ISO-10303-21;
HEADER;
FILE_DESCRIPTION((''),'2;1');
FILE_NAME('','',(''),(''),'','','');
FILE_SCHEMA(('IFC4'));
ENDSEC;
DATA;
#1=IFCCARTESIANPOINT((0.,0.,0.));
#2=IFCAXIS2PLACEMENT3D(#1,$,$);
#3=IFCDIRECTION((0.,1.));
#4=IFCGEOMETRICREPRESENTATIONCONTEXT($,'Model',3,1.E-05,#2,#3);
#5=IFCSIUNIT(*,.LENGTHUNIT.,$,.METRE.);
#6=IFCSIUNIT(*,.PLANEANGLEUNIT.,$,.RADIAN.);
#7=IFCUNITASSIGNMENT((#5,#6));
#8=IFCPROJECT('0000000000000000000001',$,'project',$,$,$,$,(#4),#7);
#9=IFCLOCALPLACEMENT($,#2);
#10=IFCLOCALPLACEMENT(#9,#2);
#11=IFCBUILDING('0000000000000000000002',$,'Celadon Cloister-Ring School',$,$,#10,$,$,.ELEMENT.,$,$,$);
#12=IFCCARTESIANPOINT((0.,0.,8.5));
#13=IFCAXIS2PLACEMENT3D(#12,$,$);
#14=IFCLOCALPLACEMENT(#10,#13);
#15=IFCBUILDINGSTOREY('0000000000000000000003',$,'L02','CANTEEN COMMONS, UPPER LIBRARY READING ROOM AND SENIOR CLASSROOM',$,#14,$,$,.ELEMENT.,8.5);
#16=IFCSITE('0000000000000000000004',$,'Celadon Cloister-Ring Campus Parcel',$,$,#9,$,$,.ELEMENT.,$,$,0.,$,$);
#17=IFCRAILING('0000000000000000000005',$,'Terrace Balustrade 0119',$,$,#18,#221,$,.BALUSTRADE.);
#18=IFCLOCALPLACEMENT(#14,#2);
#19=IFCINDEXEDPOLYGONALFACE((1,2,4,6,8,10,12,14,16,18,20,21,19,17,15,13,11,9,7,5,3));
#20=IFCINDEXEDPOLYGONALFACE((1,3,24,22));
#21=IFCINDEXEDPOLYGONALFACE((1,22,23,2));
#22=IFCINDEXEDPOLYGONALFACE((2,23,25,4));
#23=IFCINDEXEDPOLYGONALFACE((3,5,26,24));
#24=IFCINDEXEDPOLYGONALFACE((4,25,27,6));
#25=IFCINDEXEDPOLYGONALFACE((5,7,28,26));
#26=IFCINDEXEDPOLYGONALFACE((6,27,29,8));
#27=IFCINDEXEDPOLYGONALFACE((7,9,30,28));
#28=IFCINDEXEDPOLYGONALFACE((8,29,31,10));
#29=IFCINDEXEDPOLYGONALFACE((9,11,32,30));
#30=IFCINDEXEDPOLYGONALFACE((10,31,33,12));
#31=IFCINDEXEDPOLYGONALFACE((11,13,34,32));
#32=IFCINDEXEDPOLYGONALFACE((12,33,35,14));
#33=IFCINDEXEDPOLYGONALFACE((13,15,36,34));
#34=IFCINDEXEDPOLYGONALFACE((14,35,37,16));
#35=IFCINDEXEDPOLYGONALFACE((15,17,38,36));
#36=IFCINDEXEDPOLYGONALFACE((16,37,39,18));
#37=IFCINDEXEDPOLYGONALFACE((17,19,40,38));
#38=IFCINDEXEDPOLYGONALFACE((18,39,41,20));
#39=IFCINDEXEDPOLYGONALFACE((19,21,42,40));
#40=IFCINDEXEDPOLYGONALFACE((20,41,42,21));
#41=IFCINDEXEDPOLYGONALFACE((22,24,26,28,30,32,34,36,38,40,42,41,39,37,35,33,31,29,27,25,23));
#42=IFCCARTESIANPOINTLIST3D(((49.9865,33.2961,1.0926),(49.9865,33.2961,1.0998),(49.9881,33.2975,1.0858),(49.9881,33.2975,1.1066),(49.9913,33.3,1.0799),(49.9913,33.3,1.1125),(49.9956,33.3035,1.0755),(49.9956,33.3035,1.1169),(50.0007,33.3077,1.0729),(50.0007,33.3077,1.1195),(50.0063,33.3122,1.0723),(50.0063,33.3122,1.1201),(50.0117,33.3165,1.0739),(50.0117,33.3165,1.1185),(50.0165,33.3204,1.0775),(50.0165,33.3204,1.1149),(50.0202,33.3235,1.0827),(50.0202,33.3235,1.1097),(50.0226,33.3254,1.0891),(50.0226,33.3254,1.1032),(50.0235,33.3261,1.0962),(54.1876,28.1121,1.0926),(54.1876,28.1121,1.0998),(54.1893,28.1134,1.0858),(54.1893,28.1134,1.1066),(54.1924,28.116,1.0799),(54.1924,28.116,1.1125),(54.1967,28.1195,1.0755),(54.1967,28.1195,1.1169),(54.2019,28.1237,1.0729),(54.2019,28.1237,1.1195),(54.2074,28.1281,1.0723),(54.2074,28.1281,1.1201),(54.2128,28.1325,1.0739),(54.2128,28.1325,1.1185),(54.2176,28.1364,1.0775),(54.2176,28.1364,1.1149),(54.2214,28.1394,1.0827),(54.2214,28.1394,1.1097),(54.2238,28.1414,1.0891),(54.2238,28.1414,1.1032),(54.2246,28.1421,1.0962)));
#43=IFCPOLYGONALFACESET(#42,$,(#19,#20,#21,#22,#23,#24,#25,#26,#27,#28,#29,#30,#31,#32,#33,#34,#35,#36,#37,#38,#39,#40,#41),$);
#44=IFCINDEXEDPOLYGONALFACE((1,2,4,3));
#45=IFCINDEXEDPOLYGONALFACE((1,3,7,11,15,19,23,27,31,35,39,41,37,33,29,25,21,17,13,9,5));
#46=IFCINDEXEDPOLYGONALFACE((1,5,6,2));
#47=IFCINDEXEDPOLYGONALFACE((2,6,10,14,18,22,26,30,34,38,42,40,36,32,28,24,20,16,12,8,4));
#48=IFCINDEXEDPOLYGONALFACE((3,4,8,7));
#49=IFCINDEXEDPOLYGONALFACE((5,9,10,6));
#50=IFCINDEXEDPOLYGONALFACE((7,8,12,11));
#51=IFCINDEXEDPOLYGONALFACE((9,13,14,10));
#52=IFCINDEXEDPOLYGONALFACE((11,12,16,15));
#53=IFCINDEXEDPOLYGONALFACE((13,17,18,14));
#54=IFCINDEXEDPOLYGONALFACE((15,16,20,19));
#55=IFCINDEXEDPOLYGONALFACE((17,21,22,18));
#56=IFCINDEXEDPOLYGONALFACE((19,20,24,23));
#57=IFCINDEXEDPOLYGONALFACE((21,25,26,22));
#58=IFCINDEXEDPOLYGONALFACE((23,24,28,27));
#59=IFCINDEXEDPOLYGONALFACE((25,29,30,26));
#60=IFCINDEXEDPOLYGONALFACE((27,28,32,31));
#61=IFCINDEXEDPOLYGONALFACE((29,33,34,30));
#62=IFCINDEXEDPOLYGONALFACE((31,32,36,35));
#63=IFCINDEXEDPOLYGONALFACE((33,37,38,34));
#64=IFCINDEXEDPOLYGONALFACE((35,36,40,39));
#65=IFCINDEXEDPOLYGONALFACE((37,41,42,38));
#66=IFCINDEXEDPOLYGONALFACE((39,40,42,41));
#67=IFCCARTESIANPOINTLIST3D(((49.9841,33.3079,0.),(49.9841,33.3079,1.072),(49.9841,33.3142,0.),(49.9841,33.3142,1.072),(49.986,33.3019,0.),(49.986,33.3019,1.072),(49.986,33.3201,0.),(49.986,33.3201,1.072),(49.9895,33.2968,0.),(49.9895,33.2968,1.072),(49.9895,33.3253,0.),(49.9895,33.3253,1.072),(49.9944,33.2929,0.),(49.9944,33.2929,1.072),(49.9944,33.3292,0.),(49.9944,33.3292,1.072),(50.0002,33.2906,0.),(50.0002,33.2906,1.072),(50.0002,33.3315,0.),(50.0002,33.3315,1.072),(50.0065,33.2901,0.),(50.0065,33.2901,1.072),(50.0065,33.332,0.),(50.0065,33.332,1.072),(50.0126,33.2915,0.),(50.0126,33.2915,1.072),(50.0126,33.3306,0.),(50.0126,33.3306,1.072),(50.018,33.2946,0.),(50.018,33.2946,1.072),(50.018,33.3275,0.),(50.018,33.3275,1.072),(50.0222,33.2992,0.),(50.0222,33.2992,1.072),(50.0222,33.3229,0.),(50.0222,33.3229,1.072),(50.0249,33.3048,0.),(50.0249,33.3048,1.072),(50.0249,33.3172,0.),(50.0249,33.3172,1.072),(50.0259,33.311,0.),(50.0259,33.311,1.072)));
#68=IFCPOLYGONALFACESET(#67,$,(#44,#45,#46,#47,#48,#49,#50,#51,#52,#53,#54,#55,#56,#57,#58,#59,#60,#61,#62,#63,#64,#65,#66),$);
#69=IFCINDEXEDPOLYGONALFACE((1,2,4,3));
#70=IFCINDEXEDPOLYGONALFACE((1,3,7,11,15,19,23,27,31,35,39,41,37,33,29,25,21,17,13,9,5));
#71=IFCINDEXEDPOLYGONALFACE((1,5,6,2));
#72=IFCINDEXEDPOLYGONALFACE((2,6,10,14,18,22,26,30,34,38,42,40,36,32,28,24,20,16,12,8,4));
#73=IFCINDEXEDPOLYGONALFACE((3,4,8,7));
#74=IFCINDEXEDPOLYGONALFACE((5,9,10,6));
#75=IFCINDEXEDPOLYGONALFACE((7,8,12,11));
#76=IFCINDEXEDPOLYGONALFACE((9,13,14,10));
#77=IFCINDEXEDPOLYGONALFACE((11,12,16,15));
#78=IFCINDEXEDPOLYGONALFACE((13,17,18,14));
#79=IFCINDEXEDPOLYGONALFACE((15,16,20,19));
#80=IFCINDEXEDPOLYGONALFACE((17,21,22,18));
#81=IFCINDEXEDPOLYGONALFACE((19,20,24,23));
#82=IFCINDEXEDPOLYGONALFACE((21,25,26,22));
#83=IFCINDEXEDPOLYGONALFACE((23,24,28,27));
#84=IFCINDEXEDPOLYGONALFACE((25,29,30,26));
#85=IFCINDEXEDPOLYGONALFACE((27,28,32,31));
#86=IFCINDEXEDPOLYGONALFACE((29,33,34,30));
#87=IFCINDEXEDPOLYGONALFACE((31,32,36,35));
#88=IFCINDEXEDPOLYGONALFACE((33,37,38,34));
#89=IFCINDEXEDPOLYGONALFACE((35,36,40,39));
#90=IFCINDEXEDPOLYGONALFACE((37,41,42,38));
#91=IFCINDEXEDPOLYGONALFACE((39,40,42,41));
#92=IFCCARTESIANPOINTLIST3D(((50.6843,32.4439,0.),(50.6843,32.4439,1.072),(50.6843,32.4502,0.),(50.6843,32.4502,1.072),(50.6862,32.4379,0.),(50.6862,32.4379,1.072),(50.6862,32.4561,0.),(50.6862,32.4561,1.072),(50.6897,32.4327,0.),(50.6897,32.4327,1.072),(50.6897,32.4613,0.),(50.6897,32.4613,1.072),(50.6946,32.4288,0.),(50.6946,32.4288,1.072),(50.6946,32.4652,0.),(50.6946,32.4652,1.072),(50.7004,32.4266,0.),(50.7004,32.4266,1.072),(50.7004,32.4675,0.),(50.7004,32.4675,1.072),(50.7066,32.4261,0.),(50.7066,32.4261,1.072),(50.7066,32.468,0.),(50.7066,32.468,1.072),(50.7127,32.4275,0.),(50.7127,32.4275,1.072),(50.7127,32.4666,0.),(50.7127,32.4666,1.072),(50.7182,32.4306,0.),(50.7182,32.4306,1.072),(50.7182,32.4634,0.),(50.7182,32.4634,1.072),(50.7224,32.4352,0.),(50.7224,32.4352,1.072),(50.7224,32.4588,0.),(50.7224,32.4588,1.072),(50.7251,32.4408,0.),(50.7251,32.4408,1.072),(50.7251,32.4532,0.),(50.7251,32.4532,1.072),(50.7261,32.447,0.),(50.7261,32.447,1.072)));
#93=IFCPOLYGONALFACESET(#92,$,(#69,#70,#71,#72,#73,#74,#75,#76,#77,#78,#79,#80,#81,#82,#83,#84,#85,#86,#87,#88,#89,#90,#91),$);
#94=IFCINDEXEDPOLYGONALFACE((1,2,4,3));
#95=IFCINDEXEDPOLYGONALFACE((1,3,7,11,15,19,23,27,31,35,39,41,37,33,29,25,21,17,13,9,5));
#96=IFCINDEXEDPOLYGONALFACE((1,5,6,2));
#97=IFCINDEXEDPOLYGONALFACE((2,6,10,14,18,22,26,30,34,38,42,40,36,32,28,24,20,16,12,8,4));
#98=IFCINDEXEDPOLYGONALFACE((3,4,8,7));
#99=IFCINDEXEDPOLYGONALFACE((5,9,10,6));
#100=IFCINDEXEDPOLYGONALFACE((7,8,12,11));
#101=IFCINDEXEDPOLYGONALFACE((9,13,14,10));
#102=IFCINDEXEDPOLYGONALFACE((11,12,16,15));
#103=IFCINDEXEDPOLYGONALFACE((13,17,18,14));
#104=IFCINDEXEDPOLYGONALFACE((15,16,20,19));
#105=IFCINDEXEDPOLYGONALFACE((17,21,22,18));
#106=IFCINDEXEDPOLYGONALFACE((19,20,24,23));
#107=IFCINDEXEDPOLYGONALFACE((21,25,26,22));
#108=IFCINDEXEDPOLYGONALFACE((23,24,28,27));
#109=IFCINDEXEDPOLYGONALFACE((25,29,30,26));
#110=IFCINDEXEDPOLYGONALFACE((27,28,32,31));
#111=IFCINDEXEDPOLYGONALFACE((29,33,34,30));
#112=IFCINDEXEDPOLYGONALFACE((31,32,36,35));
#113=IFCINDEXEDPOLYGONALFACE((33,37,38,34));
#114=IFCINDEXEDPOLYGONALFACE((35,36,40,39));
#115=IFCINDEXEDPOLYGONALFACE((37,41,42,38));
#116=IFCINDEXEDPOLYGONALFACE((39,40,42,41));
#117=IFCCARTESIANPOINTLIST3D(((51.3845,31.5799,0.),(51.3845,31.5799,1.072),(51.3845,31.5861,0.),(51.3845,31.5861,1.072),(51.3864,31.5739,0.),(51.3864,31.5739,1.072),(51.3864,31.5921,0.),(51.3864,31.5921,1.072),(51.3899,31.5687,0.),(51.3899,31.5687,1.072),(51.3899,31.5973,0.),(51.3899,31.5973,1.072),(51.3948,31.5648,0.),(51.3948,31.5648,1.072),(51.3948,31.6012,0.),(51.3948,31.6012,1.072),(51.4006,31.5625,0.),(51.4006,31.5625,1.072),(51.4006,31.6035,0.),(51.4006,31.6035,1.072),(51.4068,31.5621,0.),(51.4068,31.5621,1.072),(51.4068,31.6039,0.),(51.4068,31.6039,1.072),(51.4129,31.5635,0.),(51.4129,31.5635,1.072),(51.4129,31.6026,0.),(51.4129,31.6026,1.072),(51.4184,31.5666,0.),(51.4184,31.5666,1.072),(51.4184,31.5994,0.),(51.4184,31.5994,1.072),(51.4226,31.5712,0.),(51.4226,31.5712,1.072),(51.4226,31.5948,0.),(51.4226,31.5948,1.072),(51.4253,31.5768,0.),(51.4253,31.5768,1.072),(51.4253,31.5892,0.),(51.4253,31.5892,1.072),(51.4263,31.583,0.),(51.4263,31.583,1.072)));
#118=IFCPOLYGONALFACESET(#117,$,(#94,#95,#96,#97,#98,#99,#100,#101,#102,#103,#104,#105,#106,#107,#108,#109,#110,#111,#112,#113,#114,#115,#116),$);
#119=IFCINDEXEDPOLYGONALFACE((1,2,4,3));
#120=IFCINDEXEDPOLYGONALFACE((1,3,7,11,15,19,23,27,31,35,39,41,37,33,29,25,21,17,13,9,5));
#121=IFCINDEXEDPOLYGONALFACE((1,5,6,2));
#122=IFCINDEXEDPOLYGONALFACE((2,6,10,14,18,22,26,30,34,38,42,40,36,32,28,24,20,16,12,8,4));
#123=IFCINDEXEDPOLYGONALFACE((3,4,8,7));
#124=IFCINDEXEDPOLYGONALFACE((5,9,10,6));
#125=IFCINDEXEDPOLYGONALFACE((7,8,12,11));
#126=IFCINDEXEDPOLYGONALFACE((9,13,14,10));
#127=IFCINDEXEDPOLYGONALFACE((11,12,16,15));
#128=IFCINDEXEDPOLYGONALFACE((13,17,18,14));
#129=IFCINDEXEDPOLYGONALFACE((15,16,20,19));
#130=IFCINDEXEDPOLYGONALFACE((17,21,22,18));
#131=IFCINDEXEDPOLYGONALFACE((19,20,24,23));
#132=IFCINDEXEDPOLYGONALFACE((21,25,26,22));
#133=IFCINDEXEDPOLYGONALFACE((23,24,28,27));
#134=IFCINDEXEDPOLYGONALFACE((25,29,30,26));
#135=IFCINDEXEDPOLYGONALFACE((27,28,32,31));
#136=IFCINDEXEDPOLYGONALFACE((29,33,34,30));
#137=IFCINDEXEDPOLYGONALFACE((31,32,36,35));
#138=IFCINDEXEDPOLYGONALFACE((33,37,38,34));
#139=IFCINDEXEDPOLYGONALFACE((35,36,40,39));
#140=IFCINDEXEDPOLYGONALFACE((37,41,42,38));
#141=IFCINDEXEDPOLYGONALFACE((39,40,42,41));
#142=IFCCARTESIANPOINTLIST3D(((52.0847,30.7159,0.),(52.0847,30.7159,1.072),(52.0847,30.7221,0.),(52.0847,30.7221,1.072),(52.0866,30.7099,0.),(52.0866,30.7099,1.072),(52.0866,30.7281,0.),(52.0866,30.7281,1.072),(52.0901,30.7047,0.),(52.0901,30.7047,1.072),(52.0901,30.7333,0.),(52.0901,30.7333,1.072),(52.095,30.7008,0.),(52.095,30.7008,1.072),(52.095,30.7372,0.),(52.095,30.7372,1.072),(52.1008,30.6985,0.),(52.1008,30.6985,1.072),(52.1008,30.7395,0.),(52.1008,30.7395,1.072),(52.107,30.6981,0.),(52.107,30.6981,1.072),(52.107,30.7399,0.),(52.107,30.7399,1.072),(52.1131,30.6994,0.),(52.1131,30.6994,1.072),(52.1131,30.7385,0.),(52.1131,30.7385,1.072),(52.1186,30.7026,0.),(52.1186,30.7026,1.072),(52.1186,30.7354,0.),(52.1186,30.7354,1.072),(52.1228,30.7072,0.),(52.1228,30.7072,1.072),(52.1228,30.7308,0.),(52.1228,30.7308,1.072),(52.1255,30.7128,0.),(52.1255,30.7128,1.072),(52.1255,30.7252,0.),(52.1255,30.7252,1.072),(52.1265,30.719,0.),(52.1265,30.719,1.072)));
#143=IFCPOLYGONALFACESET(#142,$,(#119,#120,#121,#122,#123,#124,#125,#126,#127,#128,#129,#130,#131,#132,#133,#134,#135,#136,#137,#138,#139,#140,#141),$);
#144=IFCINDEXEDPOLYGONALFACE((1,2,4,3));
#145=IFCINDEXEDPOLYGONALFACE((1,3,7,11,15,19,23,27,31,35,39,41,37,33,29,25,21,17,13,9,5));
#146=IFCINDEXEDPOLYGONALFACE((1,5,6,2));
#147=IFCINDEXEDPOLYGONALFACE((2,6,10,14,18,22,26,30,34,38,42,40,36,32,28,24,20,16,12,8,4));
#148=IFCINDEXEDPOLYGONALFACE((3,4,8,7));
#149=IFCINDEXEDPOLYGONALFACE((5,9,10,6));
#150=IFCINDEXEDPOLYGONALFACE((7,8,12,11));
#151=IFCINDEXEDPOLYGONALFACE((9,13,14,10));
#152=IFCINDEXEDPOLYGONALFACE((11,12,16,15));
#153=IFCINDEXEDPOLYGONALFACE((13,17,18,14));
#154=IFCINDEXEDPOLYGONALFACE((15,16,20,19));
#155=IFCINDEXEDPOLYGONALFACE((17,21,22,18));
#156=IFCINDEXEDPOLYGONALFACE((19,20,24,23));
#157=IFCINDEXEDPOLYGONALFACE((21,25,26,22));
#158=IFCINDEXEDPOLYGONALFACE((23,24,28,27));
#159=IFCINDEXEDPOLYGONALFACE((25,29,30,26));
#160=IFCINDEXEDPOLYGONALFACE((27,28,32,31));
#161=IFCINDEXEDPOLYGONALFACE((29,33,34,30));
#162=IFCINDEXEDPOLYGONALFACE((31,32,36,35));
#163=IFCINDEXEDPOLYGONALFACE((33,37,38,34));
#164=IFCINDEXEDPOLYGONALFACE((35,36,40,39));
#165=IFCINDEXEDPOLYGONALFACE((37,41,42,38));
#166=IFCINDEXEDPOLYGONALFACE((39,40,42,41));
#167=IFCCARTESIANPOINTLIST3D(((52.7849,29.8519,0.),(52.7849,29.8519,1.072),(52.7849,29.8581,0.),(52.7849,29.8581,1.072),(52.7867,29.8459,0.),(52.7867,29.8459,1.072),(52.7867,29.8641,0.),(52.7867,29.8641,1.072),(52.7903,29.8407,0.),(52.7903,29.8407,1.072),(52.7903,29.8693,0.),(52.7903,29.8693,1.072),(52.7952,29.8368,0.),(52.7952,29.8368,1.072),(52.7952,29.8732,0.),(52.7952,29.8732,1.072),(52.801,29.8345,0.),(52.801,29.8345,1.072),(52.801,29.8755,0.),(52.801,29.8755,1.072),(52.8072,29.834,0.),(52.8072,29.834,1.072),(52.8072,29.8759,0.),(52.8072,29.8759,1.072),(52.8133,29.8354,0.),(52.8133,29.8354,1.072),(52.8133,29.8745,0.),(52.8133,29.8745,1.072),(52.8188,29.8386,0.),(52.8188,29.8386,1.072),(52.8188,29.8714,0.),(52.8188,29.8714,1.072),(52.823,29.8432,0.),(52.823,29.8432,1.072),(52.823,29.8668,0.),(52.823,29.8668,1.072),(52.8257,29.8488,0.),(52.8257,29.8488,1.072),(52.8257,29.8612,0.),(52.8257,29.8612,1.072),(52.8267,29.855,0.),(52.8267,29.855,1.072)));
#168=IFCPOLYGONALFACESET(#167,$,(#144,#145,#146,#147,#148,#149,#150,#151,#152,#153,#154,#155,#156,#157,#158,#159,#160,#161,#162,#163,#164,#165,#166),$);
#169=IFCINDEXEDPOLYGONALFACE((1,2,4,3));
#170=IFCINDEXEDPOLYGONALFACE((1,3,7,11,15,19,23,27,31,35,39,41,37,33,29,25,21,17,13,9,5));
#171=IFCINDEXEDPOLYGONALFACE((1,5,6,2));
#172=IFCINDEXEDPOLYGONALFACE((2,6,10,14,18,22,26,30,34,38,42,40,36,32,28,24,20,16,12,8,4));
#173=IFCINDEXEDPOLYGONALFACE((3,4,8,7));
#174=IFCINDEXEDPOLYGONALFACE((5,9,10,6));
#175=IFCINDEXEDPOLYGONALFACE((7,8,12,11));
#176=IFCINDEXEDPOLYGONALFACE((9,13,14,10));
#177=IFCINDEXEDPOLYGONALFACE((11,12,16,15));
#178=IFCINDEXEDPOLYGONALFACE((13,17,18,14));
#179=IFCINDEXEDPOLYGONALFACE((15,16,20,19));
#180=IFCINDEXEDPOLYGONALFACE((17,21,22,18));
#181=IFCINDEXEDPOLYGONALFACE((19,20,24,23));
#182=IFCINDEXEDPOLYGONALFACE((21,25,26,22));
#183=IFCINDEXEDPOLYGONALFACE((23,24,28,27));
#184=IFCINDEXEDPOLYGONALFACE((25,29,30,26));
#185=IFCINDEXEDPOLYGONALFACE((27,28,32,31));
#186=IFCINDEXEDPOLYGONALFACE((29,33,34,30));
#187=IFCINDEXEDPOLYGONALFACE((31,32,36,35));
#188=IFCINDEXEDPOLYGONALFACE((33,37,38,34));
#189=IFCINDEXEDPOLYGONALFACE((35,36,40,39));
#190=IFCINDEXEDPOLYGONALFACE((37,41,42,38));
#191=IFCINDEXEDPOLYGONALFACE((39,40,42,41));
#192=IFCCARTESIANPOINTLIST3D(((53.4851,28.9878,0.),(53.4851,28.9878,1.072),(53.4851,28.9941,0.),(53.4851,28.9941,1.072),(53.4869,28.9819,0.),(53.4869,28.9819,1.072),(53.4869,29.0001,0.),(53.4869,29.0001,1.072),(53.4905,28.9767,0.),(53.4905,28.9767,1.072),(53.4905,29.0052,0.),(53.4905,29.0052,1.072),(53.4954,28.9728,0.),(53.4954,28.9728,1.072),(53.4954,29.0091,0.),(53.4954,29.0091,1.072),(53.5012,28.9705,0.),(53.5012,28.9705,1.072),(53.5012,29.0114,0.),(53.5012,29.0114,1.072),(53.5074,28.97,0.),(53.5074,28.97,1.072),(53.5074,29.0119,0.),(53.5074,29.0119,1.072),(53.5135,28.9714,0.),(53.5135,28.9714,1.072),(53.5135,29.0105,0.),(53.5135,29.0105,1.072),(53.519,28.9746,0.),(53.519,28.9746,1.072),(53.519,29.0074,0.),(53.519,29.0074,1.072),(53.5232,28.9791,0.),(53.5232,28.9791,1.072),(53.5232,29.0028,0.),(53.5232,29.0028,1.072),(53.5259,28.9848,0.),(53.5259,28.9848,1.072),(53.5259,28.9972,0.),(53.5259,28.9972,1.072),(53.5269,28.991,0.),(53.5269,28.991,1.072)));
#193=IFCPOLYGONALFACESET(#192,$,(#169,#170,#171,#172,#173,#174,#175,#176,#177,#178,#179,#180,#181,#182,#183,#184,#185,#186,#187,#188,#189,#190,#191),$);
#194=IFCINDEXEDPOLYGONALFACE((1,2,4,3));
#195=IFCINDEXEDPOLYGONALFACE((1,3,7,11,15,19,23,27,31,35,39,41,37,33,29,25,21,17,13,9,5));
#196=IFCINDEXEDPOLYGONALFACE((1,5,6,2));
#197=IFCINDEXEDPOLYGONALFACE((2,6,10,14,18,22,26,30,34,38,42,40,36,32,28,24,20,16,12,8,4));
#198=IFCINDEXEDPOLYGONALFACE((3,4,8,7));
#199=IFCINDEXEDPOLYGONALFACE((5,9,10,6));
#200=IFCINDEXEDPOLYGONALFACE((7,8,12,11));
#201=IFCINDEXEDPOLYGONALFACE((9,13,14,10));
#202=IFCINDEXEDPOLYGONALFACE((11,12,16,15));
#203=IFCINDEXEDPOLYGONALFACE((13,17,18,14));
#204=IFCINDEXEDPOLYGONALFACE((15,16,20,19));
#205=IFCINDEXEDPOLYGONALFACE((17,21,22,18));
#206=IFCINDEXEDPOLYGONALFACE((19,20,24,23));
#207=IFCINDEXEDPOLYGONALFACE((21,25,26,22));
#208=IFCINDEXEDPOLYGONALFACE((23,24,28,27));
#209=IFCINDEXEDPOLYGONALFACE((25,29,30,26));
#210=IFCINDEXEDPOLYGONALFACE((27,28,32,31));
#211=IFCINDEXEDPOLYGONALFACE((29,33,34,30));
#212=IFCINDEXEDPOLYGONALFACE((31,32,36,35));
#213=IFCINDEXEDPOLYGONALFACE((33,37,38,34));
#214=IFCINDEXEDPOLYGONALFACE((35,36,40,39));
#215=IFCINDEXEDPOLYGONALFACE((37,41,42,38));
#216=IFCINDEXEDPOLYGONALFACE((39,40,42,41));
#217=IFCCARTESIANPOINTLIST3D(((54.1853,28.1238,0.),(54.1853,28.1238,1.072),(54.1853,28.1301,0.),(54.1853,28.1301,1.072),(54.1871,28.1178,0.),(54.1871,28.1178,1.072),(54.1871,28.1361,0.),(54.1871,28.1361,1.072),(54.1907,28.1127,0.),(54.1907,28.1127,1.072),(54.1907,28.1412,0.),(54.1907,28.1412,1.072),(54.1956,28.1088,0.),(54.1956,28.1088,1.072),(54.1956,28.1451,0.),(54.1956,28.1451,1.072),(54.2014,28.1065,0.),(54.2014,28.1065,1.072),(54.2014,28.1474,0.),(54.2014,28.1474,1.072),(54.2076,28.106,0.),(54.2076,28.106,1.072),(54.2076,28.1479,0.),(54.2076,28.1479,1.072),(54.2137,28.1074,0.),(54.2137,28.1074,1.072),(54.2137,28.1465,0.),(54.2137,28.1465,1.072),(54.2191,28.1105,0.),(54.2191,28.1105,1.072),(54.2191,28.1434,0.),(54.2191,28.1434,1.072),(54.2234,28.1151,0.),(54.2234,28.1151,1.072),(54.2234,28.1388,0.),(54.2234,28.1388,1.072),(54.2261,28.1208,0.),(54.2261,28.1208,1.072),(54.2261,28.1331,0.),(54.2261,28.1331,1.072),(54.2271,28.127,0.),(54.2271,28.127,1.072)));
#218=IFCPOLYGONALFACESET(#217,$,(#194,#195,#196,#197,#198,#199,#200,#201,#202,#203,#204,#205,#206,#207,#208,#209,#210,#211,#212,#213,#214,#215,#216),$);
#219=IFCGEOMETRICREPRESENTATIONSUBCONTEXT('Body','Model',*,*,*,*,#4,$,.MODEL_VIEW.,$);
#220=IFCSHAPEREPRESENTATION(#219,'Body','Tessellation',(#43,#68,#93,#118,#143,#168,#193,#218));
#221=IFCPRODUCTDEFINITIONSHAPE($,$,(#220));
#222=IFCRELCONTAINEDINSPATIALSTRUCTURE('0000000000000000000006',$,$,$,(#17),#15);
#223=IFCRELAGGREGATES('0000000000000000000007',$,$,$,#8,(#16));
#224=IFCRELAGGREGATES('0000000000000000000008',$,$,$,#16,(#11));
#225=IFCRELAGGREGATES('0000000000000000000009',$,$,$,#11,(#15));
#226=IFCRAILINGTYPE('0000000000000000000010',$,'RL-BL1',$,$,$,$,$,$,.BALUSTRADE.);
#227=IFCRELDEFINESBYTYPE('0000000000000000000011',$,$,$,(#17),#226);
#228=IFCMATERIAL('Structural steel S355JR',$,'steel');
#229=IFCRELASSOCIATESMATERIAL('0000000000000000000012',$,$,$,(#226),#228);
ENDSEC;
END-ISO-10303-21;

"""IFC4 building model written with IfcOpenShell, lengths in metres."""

from ifc_helpers import new_model, si_unit, direction, frame, origin, origin_2d, place, context, subcontext, project, spatial, circle, extrude, material, type_object, element, save


model = new_model("IFC4")

# Units and contexts
model_context = context("Model", 3, precision=1e-05, world=origin(), true_north=direction((0.0, 1.0)))
body_context = subcontext(model_context, "Body", "Model", "MODEL_VIEW")
ifc_project = project(units=[si_unit("LENGTHUNIT", "METRE"), si_unit("PLANEANGLEUNIT", "RADIAN")], contexts=[model_context])

# Site, building, storey
site_placement = place(None, origin())
site = spatial("IfcSite", under=ifc_project, at=site_placement, Name="Celadon Cloister-Ring Campus Parcel", CompositionType="ELEMENT", RefElevation=0.0)
building_placement = place(site_placement, origin())
building = spatial("IfcBuilding", under=site, at=building_placement, Name="Celadon Cloister-Ring School", CompositionType="ELEMENT")
storey_placement = place(building_placement, frame((0.0, 0.0, 8.5)))
storey = spatial("IfcBuildingStorey", under=building, at=storey_placement, Name="L02", Description="CANTEEN COMMONS, UPPER LIBRARY READING ROOM AND SENIOR CLASSROOM", CompositionType="ELEMENT", Elevation=8.5)

# Railing
ifc_material_1 = material(Name="Structural steel S355JR", Category="steel")
railing_type = type_object("IfcRailingType", Name="RL-BL1", PredefinedType="BALUSTRADE", material=ifc_material_1)
railing_placement = place(storey_placement, frame((50.0049, 33.311, 0.0)))
element("IfcRailing", 1, at=railing_placement, inside=storey, type_object=railing_type, Name="Terrace Balustrade 0119", PredefinedType="BALUSTRADE", context=body_context, shape_type="SweptSolid", body=[
    extrude(circle(Radius=0.0239, at=origin_2d()), frame((0.0, 0.0, 1.0962), z_axis=(0.629609, -0.776912, 0.0), x_axis=(0.776912, 0.629609, 0.0)), (0.0, 0.0, 1.0), 6.6726),
    extrude(circle(Radius=0.021, at=origin_2d()), origin(), (0.0, 0.0, 1.0), 1.072),
    extrude(circle(Radius=0.021, at=origin_2d()), frame((0.7002, -0.864, 0.0)), (0.0, 0.0, 1.0), 1.072),
    extrude(circle(Radius=0.021, at=origin_2d()), frame((1.4004, -1.728, 0.0)), (0.0, 0.0, 1.0), 1.072),
    extrude(circle(Radius=0.021, at=origin_2d()), frame((2.1006, -2.592, 0.0)), (0.0, 0.0, 1.0), 1.072),
    extrude(circle(Radius=0.021, at=origin_2d()), frame((2.8008, -3.4561, 0.0)), (0.0, 0.0, 1.0), 1.072),
    extrude(circle(Radius=0.021, at=origin_2d()), frame((3.501, -4.3201, 0.0)), (0.0, 0.0, 1.0), 1.072),
    extrude(circle(Radius=0.021, at=origin_2d()), frame((4.2012, -5.1841, 0.0)), (0.0, 0.0, 1.0), 1.072),
])

save(model, "model.ifc")
